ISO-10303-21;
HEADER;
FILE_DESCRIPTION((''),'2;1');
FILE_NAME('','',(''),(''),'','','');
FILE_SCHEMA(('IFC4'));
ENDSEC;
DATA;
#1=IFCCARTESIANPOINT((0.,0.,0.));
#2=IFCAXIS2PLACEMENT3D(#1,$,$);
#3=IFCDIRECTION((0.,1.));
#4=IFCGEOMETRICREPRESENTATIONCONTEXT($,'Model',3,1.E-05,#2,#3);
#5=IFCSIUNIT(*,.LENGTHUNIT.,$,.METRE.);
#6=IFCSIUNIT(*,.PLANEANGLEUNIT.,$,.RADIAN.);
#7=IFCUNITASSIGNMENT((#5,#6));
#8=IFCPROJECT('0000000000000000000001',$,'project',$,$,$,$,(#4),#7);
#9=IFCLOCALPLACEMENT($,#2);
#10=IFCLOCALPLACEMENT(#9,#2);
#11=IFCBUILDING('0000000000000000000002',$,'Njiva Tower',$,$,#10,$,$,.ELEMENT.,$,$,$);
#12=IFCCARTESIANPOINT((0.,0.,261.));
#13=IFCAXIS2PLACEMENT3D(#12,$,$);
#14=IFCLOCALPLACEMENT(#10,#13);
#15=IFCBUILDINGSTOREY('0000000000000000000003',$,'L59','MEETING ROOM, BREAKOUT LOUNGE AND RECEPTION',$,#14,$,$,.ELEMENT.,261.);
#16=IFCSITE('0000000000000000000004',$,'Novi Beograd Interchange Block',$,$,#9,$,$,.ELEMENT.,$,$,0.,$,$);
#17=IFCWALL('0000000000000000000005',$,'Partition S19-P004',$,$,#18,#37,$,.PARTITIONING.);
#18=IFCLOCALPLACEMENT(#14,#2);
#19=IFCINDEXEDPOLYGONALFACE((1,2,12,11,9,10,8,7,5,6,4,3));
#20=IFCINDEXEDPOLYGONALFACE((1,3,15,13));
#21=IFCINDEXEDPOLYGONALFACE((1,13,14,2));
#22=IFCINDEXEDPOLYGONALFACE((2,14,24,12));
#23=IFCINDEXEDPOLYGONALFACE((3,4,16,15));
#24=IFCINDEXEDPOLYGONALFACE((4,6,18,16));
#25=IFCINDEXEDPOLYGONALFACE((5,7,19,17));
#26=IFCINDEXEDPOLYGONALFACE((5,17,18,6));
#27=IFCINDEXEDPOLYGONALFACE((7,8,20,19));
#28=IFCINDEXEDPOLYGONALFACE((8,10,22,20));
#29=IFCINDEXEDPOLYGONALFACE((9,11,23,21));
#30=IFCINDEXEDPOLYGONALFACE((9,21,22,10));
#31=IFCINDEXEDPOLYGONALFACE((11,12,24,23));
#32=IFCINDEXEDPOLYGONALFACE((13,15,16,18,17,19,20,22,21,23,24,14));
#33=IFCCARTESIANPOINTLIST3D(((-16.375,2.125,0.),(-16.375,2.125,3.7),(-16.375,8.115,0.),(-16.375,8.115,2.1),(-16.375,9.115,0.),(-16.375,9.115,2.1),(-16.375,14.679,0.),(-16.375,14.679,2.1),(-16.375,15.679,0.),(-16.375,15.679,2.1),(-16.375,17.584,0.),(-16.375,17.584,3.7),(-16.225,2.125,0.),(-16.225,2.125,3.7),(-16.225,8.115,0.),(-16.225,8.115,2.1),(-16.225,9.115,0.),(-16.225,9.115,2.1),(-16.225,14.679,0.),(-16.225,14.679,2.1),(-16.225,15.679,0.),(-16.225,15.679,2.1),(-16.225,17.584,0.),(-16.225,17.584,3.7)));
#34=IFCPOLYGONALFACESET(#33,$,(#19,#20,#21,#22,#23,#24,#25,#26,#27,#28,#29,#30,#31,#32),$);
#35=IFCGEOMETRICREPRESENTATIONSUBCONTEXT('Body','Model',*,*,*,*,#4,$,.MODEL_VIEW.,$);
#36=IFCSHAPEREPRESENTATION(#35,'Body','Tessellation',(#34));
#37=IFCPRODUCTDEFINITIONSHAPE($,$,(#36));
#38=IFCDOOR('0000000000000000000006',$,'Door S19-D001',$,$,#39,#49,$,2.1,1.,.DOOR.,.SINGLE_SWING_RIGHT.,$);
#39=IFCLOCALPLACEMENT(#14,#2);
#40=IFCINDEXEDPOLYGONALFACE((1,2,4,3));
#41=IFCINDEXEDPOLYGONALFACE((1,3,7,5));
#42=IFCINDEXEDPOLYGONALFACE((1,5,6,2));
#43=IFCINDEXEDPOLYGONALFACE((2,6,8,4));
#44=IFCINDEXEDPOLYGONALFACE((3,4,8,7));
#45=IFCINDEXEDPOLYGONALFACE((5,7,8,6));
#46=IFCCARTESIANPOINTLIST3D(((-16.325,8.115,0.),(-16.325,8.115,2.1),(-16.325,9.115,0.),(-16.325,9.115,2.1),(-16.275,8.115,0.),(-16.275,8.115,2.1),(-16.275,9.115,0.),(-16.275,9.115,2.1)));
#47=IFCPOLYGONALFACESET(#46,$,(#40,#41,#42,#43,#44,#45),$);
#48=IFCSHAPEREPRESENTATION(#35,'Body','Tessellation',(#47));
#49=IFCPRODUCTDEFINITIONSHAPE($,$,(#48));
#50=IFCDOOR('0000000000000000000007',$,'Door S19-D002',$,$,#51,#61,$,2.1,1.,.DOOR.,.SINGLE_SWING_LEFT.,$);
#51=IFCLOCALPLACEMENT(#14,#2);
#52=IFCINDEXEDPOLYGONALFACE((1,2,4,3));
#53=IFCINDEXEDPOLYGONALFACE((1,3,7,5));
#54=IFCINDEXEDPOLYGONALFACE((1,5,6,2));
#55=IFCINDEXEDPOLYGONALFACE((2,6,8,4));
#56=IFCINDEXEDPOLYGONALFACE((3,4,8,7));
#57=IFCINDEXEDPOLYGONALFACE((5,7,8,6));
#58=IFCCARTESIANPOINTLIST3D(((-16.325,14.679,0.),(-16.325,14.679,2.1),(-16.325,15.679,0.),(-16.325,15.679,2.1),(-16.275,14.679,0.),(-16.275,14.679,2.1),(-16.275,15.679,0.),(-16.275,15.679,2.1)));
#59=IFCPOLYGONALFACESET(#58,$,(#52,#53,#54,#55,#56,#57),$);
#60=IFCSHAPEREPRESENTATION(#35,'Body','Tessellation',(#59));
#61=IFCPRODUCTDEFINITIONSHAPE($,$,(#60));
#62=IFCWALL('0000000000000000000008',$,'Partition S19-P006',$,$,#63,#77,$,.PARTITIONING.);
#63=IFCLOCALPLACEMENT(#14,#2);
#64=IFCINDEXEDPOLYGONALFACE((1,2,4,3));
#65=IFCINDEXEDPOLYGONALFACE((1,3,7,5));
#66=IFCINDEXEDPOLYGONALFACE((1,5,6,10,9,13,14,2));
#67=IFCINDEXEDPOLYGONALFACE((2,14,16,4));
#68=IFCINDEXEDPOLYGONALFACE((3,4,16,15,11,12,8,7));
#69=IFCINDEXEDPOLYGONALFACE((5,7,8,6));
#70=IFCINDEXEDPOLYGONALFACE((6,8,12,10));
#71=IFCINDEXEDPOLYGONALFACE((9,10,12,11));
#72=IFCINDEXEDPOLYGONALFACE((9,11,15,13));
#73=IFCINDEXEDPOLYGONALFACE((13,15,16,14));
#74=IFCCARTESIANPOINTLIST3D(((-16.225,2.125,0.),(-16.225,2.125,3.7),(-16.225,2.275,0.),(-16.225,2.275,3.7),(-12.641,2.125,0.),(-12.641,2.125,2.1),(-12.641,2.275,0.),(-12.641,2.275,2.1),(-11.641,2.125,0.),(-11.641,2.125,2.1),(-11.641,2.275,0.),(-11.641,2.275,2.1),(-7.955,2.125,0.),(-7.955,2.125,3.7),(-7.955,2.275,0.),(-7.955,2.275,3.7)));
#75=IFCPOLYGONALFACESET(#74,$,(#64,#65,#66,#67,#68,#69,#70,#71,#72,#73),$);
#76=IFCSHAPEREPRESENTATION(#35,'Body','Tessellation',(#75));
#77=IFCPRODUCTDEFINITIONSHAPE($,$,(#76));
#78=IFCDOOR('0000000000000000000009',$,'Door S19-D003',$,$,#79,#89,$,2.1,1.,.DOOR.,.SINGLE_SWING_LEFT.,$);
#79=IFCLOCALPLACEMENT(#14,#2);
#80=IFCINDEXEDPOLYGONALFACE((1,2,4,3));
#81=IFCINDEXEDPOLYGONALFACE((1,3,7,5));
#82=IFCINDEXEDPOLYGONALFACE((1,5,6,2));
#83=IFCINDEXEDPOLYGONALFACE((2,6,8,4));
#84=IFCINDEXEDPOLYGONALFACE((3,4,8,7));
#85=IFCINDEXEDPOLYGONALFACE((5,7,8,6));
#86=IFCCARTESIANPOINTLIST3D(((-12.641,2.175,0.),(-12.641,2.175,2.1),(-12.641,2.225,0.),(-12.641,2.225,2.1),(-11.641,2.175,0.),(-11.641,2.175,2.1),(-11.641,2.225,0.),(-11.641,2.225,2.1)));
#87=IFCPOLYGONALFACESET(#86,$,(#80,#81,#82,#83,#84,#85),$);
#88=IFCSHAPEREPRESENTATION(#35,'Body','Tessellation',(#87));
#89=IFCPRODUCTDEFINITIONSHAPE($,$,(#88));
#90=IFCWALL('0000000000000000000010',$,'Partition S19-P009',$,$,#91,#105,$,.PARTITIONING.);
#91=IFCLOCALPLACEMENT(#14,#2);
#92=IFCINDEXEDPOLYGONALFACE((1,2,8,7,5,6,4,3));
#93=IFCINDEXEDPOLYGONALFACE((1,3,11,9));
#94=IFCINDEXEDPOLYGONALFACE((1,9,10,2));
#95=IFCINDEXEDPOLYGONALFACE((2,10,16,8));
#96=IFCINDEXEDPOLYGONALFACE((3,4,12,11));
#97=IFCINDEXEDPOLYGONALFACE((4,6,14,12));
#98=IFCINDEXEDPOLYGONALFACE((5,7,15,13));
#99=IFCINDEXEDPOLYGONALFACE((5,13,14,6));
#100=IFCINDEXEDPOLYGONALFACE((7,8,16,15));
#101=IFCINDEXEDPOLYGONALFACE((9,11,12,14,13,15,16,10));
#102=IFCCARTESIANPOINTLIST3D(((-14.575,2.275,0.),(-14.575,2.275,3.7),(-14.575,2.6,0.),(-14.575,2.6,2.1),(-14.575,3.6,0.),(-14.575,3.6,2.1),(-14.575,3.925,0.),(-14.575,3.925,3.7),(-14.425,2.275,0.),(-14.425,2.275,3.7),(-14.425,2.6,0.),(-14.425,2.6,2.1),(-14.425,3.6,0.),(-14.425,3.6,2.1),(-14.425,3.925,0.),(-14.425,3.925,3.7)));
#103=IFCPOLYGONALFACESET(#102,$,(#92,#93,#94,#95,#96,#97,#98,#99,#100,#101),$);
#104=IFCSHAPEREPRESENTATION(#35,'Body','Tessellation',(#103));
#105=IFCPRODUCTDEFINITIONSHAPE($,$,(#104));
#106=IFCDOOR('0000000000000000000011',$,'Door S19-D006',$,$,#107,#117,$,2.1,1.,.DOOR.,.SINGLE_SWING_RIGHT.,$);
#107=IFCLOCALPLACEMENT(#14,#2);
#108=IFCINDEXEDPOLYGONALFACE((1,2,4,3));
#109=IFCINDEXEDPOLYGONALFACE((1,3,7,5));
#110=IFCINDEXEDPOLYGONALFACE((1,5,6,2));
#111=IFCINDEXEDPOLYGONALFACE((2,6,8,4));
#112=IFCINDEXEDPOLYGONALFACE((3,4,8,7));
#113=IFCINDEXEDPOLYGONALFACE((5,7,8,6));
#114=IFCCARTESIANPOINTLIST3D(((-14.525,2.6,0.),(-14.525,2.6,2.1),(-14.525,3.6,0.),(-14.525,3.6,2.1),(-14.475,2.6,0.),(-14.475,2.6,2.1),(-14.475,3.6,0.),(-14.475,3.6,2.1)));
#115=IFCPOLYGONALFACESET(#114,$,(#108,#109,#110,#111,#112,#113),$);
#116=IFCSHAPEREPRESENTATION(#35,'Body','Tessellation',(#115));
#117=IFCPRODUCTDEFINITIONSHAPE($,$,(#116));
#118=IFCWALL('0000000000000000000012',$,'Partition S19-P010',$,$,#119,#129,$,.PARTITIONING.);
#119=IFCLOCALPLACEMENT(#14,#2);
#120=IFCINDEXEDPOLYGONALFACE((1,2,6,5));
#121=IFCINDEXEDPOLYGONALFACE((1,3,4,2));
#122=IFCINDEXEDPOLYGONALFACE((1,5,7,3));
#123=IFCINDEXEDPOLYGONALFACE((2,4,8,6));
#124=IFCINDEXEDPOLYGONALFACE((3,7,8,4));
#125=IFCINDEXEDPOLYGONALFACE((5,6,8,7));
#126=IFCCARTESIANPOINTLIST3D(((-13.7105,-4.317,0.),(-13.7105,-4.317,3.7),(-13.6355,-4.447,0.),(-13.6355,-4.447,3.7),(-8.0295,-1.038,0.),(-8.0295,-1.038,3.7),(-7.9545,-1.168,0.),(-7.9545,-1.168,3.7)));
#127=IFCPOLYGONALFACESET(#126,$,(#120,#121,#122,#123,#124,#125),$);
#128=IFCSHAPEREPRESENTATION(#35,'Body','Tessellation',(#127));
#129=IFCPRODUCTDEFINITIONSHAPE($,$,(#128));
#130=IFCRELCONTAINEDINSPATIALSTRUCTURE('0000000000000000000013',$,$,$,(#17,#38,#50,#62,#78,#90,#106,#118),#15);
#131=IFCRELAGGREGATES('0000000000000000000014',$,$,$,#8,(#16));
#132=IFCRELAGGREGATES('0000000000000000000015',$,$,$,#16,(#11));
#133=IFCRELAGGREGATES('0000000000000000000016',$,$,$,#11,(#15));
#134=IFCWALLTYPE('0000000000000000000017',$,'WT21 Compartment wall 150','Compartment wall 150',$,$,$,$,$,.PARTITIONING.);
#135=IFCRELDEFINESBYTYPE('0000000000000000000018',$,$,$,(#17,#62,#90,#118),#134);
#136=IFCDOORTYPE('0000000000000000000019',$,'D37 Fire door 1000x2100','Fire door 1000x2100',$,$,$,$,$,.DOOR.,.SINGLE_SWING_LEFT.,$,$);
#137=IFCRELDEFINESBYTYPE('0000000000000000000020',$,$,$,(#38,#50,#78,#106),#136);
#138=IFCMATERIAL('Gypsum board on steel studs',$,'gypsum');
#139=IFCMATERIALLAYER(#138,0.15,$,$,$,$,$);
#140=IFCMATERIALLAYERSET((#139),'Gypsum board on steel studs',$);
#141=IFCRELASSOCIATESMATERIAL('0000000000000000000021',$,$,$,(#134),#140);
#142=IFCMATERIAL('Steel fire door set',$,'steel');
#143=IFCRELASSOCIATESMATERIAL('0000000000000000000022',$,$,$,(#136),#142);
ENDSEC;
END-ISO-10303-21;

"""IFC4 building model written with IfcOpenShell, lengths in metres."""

from ifc_helpers import new_model, si_unit, direction, frame, frame_2d, origin, place, context, subcontext, project, spatial, rectangle, extrude, material, layer, layer_set, type_object, element, fill, save


model = new_model("IFC4")

# Units and contexts
model_context = context("Model", 3, precision=1e-05, world=origin(), true_north=direction((0.0, 1.0)))
body_context = subcontext(model_context, "Body", "Model", "MODEL_VIEW")
ifc_project = project(units=[si_unit("LENGTHUNIT", "METRE"), si_unit("PLANEANGLEUNIT", "RADIAN")], contexts=[model_context])

# Site, building, storey
site_placement = place(None, origin())
site = spatial("IfcSite", under=ifc_project, at=site_placement, Name="Novi Beograd Interchange Block", CompositionType="ELEMENT", RefElevation=0.0)
building_placement = place(site_placement, origin())
building = spatial("IfcBuilding", under=site, at=building_placement, Name="Njiva Tower", CompositionType="ELEMENT")
storey_placement = place(building_placement, frame((0.0, 0.0, 261.0)))
storey = spatial("IfcBuildingStorey", under=building, at=storey_placement, Name="L59", Description="MEETING ROOM, BREAKOUT LOUNGE AND RECEPTION", CompositionType="ELEMENT", Elevation=261.0)

# Shared definitions
ifc_material_1 = material(Name="Gypsum board on steel studs", Category="gypsum")
ifc_layer = layer(ifc_material_1, 0.15)
ifc_layer_set = layer_set([ifc_layer], Name="Gypsum board on steel studs")
wall_type = type_object("IfcWallType", Name="WT21 Compartment wall 150", Description="Compartment wall 150", PredefinedType="PARTITIONING", material=ifc_layer_set)

# Wall, openings, doors
wall_1_placement = place(storey_placement, frame((-16.3, 2.125, 0.0), z_axis=(0.0, 0.0, 1.0), x_axis=(0.0, 1.0, 0.0)))
wall_1 = element("IfcWall", 1, at=wall_1_placement, inside=storey, type_object=wall_type, Name="Partition S19-P004", PredefinedType="PARTITIONING", context=body_context, shape_type="SweptSolid", body=[
    extrude(rectangle(XDim=15.459, YDim=0.15, at=frame_2d((7.7295, 0.0))), origin(), (0.0, 0.0, 1.0), 3.7),
])
opening_1_placement = place(wall_1_placement, frame((5.99, 0.0, 0.0)))
opening_1 = element("IfcOpeningElement", 2, at=opening_1_placement, cuts=wall_1, PredefinedType="OPENING", context=body_context, shape_type="SweptSolid", body=[
    extrude(rectangle(XDim=1.0, YDim=2.1, at=frame_2d((0.5, 1.05))), frame((0.0, 0.085, 0.0), z_axis=(0.0, -1.0, 0.0), x_axis=(1.0, 0.0, 0.0)), (0.0, 0.0, 1.0), 0.17),
])
opening_2_placement = place(wall_1_placement, frame((12.554, 0.0, 0.0)))
opening_2 = element("IfcOpeningElement", 3, at=opening_2_placement, cuts=wall_1, PredefinedType="OPENING", context=body_context, shape_type="SweptSolid", body=[
    extrude(rectangle(XDim=1.0, YDim=2.1, at=frame_2d((0.5, 1.05))), frame((0.0, 0.085, 0.0), z_axis=(0.0, -1.0, 0.0), x_axis=(1.0, 0.0, 0.0)), (0.0, 0.0, 1.0), 0.17),
])
ifc_material_2 = material(Name="Steel fire door set", Category="steel")
door_type = type_object("IfcDoorType", Name="D37 Fire door 1000x2100", Description="Fire door 1000x2100", OperationType="SINGLE_SWING_LEFT", PredefinedType="DOOR", material=ifc_material_2)
door_1_placement = place(opening_1_placement, origin())
door_1 = element("IfcDoor", 4, at=door_1_placement, inside=storey, type_object=door_type, Name="Door S19-D001", OperationType="SINGLE_SWING_RIGHT", OverallHeight=2.1, OverallWidth=1.0, PredefinedType="DOOR", context=body_context, shape_type="SweptSolid", body=[
    extrude(rectangle(XDim=1.0, YDim=2.1, at=frame_2d((0.5, 1.05))), frame((0.0, 0.025, 0.0), z_axis=(0.0, -1.0, 0.0), x_axis=(1.0, 0.0, 0.0)), (0.0, 0.0, 1.0), 0.05),
])
fill(opening_1, door_1)
door_2_placement = place(opening_2_placement, origin())
door_2 = element("IfcDoor", 5, at=door_2_placement, inside=storey, type_object=door_type, Name="Door S19-D002", OperationType="SINGLE_SWING_LEFT", OverallHeight=2.1, OverallWidth=1.0, PredefinedType="DOOR", context=body_context, shape_type="SweptSolid", body=[
    extrude(rectangle(XDim=1.0, YDim=2.1, at=frame_2d((0.5, 1.05))), frame((0.0, 0.025, 0.0), z_axis=(0.0, -1.0, 0.0), x_axis=(1.0, 0.0, 0.0)), (0.0, 0.0, 1.0), 0.05),
])
fill(opening_2, door_2)

# Walls, openings, doors
wall_2_placement = place(storey_placement, frame((-16.225, 2.2, 0.0), z_axis=(0.0, 0.0, 1.0), x_axis=(1.0, 0.0, 0.0)))
wall_2 = element("IfcWall", 6, at=wall_2_placement, inside=storey, type_object=wall_type, Name="Partition S19-P006", PredefinedType="PARTITIONING", context=body_context, shape_type="SweptSolid", body=[
    extrude(rectangle(XDim=8.27, YDim=0.15, at=frame_2d((4.135, 0.0))), origin(), (0.0, 0.0, 1.0), 3.7),
])
opening_3_placement = place(wall_2_placement, frame((3.584, 0.0, 0.0)))
opening_3 = element("IfcOpeningElement", 7, at=opening_3_placement, cuts=wall_2, PredefinedType="OPENING", context=body_context, shape_type="SweptSolid", body=[
    extrude(rectangle(XDim=1.0, YDim=2.1, at=frame_2d((0.5, 1.05))), frame((0.0, 0.085, 0.0), z_axis=(0.0, -1.0, 0.0), x_axis=(1.0, 0.0, 0.0)), (0.0, 0.0, 1.0), 0.17),
])
door_3_placement = place(opening_3_placement, origin())
door_3 = element("IfcDoor", 8, at=door_3_placement, inside=storey, type_object=door_type, Name="Door S19-D003", OperationType="SINGLE_SWING_LEFT", OverallHeight=2.1, OverallWidth=1.0, PredefinedType="DOOR", context=body_context, shape_type="SweptSolid", body=[
    extrude(rectangle(XDim=1.0, YDim=2.1, at=frame_2d((0.5, 1.05))), frame((0.0, 0.025, 0.0), z_axis=(0.0, -1.0, 0.0), x_axis=(1.0, 0.0, 0.0)), (0.0, 0.0, 1.0), 0.05),
])
fill(opening_3, door_3)
wall_3_placement = place(storey_placement, frame((-14.5, 2.275, 0.0), z_axis=(0.0, 0.0, 1.0), x_axis=(0.0, 1.0, 0.0)))
wall_3 = element("IfcWall", 9, at=wall_3_placement, inside=storey, type_object=wall_type, Name="Partition S19-P009", PredefinedType="PARTITIONING", context=body_context, shape_type="SweptSolid", body=[
    extrude(rectangle(XDim=1.65, YDim=0.15, at=frame_2d((0.825, 0.0))), origin(), (0.0, 0.0, 1.0), 3.7),
])
opening_4_placement = place(wall_3_placement, frame((0.325, 0.0, 0.0)))
opening_4 = element("IfcOpeningElement", 10, at=opening_4_placement, cuts=wall_3, PredefinedType="OPENING", context=body_context, shape_type="SweptSolid", body=[
    extrude(rectangle(XDim=1.0, YDim=2.1, at=frame_2d((0.5, 1.05))), frame((0.0, 0.085, 0.0), z_axis=(0.0, -1.0, 0.0), x_axis=(1.0, 0.0, 0.0)), (0.0, 0.0, 1.0), 0.17),
])
door_4_placement = place(opening_4_placement, origin())
door_4 = element("IfcDoor", 11, at=door_4_placement, inside=storey, type_object=door_type, Name="Door S19-D006", OperationType="SINGLE_SWING_RIGHT", OverallHeight=2.1, OverallWidth=1.0, PredefinedType="DOOR", context=body_context, shape_type="SweptSolid", body=[
    extrude(rectangle(XDim=1.0, YDim=2.1, at=frame_2d((0.5, 1.05))), frame((0.0, 0.025, 0.0), z_axis=(0.0, -1.0, 0.0), x_axis=(1.0, 0.0, 0.0)), (0.0, 0.0, 1.0), 0.05),
])
fill(opening_4, door_4)

# Wall
wall_4_placement = place(storey_placement, frame((-13.673, -4.382, 0.0), z_axis=(0.0, 0.0, 1.0), x_axis=(0.866087, 0.499894, 0.0)))
element("IfcWall", 12, at=wall_4_placement, inside=storey, type_object=wall_type, Name="Partition S19-P010", PredefinedType="PARTITIONING", context=body_context, shape_type="SweptSolid", body=[
    extrude(rectangle(XDim=6.5594, YDim=0.15, at=frame_2d((3.2797, 0.0))), origin(), (0.0, 0.0, 1.0), 3.7),
])

save(model, "model.ifc")
